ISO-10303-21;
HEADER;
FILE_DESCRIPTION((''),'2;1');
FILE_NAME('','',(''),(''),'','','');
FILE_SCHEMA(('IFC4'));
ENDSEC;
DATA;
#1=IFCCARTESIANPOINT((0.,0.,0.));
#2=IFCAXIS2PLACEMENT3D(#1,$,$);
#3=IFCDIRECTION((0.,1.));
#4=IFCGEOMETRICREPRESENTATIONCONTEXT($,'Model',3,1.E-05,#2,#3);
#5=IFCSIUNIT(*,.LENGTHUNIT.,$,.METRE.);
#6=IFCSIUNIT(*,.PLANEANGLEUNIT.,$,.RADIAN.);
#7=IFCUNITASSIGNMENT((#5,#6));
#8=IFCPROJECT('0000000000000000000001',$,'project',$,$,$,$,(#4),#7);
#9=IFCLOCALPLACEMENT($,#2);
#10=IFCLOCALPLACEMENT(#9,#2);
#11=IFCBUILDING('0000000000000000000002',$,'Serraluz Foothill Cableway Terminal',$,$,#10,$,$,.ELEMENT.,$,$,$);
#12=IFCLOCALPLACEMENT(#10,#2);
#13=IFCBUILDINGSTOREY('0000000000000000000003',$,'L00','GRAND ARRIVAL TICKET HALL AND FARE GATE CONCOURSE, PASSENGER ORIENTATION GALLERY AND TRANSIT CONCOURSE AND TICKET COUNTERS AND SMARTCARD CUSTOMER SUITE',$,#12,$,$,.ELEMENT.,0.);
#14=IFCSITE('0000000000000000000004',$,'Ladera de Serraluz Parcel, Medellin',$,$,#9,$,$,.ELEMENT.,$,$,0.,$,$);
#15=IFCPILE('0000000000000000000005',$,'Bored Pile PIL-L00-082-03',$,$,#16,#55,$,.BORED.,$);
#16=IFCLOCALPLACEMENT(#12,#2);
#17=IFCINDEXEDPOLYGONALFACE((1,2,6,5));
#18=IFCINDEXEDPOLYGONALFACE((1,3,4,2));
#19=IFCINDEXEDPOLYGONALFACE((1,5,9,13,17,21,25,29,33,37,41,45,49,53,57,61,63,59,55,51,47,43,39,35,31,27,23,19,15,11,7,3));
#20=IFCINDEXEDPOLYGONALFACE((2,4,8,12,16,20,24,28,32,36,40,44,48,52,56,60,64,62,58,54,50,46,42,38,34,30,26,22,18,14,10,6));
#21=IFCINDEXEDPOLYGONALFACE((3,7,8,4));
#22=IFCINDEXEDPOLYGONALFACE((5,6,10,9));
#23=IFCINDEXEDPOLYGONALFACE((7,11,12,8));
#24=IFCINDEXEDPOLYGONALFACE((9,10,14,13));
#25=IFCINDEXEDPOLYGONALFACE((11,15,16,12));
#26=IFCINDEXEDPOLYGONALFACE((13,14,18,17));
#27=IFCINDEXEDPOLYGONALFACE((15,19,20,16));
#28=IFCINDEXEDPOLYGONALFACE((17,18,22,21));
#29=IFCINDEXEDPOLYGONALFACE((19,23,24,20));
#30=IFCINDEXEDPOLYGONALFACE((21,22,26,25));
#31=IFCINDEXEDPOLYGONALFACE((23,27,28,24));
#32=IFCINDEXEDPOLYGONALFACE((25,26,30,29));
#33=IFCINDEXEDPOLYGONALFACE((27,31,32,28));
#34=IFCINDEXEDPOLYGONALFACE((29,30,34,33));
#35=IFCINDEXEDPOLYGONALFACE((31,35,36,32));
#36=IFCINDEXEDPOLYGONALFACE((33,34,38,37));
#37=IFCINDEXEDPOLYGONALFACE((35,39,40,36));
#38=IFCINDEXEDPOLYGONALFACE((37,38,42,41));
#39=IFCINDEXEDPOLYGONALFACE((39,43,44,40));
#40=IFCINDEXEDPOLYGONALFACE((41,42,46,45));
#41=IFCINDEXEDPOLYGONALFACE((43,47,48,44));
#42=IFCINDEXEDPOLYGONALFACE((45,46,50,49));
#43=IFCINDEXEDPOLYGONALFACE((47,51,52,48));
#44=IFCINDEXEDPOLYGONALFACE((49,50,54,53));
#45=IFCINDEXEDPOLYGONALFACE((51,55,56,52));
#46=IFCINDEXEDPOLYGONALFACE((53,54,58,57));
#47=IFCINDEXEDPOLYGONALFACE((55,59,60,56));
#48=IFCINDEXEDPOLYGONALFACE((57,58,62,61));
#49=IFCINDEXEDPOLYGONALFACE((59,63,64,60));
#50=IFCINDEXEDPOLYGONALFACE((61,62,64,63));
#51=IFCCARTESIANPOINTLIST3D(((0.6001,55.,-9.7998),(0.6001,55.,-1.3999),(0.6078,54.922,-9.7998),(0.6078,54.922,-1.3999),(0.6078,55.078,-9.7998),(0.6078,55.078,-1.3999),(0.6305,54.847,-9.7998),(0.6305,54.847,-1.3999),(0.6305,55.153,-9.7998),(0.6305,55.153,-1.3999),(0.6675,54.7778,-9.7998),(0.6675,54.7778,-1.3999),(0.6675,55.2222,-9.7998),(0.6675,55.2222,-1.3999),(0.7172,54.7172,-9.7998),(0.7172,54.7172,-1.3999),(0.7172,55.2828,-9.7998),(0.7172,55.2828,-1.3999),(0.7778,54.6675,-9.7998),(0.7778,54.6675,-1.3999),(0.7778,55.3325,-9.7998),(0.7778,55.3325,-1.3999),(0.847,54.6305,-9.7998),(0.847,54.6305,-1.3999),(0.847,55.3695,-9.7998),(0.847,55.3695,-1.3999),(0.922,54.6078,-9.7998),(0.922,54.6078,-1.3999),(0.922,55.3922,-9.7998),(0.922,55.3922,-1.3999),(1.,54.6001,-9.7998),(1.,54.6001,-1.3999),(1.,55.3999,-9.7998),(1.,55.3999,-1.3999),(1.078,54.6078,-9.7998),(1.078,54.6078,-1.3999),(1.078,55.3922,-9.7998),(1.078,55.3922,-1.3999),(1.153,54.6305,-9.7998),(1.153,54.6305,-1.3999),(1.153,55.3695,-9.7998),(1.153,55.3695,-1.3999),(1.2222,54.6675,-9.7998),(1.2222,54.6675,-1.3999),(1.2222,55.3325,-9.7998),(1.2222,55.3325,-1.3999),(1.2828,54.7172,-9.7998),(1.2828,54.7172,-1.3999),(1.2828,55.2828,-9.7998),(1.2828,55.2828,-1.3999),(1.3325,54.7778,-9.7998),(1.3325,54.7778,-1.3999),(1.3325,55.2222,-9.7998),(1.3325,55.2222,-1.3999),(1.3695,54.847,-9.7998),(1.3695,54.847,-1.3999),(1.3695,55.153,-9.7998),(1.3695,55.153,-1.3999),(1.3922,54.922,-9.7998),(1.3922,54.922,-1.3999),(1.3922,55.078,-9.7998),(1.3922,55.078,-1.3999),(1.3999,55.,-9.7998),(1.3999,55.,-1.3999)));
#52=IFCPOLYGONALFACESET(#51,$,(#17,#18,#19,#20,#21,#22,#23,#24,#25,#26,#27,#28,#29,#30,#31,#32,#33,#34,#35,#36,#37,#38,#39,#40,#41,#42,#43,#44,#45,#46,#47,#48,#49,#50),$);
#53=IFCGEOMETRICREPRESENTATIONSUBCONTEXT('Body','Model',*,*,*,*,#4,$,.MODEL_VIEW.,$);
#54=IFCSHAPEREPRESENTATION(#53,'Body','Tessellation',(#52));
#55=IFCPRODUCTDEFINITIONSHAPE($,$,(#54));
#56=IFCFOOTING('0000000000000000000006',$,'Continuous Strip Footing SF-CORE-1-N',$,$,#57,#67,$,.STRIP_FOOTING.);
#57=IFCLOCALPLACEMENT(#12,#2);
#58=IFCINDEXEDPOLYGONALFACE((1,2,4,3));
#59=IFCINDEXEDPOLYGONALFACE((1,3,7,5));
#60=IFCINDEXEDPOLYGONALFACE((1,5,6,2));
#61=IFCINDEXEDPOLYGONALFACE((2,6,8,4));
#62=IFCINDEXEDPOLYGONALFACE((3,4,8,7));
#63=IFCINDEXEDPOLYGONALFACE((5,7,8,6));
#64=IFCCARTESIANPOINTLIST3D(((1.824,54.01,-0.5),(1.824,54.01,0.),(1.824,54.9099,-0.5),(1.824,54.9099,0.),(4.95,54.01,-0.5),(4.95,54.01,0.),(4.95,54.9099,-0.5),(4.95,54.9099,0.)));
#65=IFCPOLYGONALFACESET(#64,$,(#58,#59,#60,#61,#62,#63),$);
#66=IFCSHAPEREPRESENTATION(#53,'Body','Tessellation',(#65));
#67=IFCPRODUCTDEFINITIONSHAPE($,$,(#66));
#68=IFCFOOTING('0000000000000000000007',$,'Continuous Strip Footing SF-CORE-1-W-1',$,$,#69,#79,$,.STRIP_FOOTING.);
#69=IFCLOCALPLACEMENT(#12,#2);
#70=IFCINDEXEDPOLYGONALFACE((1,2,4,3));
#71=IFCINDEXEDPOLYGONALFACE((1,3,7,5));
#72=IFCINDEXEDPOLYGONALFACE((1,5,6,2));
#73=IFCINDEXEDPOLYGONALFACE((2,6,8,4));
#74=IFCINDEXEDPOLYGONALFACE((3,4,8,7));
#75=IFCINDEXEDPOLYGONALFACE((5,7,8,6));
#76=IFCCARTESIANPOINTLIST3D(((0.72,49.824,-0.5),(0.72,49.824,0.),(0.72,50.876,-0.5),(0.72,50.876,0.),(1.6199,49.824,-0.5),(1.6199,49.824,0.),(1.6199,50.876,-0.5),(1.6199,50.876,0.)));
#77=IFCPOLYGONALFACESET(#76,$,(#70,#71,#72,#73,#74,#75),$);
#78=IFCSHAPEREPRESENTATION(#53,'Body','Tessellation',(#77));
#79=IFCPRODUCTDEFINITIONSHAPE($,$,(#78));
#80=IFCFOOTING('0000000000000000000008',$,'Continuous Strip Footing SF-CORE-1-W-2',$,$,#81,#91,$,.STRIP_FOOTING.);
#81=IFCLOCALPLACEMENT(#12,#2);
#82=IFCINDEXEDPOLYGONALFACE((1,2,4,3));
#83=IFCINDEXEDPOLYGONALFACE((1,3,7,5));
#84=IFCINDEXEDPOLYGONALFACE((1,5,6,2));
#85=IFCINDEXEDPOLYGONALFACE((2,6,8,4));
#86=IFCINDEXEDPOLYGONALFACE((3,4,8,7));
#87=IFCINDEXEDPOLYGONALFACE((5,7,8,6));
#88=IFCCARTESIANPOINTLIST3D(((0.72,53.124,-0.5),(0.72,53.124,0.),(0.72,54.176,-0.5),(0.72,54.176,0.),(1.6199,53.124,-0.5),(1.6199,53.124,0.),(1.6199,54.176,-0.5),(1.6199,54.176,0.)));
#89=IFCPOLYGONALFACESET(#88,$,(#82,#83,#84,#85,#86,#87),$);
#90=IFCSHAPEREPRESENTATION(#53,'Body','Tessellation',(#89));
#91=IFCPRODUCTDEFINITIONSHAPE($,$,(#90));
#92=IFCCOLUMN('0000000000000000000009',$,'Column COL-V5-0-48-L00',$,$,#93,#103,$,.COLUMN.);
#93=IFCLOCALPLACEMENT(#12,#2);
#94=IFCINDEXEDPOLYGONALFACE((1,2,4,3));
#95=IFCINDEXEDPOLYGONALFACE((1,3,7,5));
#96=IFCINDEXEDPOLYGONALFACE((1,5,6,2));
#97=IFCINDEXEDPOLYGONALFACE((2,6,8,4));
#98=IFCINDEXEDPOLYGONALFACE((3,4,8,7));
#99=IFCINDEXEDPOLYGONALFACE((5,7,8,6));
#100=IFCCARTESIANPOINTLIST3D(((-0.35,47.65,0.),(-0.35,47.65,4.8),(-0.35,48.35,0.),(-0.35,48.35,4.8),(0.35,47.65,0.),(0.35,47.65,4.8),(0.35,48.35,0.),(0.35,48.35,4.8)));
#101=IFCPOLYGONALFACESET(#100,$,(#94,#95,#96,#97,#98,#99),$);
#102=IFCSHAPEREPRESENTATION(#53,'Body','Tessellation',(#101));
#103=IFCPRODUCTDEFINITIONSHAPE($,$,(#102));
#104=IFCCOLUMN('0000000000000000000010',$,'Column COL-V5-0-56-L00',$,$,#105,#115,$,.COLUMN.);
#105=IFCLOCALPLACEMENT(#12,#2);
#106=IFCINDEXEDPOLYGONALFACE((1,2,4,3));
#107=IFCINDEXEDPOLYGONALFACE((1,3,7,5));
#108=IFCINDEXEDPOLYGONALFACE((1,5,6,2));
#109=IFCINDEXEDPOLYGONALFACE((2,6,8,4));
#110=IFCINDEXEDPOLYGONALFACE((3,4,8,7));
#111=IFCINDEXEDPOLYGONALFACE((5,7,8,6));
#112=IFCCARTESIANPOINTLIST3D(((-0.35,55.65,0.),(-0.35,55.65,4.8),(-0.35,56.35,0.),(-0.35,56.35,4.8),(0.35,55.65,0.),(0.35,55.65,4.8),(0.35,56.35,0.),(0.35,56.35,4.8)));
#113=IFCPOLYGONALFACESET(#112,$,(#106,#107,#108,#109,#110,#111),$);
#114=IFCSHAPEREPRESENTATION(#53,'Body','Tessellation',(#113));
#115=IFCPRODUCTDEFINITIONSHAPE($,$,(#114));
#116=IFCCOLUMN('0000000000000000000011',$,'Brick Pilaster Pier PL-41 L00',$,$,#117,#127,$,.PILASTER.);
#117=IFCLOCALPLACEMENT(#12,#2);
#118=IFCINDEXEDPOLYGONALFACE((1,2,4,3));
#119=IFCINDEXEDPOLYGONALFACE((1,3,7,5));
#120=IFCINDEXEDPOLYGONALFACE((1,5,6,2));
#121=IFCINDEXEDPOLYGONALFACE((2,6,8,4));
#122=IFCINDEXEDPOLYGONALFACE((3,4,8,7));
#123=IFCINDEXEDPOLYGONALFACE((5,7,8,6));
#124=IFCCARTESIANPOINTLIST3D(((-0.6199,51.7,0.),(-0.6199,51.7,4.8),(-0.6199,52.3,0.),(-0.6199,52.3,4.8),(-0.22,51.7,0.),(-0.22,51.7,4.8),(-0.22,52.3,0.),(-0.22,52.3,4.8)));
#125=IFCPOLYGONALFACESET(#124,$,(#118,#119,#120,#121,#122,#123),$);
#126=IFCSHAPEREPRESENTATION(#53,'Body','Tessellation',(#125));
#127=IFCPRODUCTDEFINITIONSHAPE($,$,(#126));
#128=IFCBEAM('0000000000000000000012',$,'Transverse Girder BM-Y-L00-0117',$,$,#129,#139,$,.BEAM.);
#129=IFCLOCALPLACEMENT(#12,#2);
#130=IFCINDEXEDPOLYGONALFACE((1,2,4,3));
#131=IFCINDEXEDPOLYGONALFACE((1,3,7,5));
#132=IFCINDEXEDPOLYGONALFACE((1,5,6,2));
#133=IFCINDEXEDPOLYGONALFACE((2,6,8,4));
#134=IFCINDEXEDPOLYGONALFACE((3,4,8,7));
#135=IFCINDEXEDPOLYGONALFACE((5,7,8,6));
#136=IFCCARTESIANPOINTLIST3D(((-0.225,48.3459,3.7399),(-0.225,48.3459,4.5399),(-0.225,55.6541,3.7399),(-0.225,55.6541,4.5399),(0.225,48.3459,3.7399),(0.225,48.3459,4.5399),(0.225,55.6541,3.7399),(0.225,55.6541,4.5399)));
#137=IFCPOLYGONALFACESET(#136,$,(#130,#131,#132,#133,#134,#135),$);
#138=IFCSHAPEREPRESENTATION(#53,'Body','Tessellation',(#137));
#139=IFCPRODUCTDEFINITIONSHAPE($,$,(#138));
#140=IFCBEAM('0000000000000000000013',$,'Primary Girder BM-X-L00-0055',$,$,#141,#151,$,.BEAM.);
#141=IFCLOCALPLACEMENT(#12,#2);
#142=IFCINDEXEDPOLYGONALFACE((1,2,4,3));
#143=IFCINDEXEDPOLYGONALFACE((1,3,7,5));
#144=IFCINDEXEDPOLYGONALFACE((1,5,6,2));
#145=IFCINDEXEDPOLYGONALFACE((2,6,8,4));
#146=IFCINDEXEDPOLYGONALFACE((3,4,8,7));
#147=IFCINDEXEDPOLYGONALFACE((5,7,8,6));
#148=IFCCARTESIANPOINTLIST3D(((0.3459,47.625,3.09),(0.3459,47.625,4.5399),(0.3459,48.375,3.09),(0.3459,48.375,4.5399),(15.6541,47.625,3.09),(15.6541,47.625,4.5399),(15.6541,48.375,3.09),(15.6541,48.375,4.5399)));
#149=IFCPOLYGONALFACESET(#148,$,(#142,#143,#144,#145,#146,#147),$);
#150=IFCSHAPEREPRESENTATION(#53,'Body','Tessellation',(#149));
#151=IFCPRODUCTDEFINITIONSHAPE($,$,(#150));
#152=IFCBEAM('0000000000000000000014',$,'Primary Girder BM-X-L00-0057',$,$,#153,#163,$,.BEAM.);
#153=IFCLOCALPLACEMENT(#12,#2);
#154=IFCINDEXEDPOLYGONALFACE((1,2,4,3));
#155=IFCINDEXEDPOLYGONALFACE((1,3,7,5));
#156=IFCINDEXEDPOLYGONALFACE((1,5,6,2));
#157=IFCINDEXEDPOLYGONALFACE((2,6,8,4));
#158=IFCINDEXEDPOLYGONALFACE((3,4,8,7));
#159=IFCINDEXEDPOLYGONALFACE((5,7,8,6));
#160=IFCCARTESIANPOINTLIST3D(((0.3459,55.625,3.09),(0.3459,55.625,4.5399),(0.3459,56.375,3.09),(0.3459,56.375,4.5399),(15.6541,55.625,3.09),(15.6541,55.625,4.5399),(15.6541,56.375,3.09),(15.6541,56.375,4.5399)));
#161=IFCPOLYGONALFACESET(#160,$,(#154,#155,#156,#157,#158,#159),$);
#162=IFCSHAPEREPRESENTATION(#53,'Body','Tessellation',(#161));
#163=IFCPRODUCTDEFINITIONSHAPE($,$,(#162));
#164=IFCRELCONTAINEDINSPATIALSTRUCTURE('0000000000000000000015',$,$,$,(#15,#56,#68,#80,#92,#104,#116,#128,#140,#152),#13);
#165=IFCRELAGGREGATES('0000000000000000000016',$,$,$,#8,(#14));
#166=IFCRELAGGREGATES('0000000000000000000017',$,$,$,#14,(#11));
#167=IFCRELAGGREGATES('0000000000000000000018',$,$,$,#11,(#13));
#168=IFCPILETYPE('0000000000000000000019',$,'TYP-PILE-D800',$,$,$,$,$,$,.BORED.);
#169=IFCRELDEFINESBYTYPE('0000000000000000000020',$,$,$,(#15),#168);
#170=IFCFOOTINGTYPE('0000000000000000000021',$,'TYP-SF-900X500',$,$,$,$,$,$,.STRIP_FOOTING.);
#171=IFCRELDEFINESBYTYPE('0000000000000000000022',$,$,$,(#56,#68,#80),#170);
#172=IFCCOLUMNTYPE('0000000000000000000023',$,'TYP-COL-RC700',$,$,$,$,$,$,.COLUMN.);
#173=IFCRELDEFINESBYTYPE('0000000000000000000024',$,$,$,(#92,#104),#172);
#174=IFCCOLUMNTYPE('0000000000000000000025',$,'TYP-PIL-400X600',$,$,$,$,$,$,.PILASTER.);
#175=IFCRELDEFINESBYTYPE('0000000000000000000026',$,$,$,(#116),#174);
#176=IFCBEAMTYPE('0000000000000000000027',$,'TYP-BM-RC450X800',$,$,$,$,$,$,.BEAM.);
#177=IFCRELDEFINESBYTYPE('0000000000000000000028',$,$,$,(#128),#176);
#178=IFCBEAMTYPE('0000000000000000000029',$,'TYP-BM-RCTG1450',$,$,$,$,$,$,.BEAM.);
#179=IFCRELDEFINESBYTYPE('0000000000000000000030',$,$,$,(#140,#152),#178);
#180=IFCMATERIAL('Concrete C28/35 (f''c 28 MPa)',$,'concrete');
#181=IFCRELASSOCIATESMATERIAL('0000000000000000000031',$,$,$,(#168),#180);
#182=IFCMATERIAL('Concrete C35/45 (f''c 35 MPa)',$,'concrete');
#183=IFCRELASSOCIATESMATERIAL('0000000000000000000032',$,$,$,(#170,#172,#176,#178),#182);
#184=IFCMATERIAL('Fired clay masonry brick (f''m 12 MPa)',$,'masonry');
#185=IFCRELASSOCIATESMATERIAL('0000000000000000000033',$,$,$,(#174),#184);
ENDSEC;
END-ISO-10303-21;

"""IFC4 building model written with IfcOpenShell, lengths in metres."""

from ifc_helpers import new_model, si_unit, direction, frame, origin, origin_2d, place, context, subcontext, project, spatial, rectangle, circle, extrude, material, material_profile, profile_set, type_object, element, save


model = new_model("IFC4")

# Units and contexts
model_context = context("Model", 3, precision=1e-05, world=origin(), true_north=direction((0.0, 1.0)))
body_context = subcontext(model_context, "Body", "Model", "MODEL_VIEW")
ifc_project = project(units=[si_unit("LENGTHUNIT", "METRE"), si_unit("PLANEANGLEUNIT", "RADIAN")], contexts=[model_context])

# Site, building, storey
site_placement = place(None, origin())
site = spatial("IfcSite", under=ifc_project, at=site_placement, Name="Ladera de Serraluz Parcel, Medellin", CompositionType="ELEMENT", RefElevation=0.0)
building_placement = place(site_placement, origin())
building = spatial("IfcBuilding", under=site, at=building_placement, Name="Serraluz Foothill Cableway Terminal", CompositionType="ELEMENT")
storey_placement = place(building_placement, origin())
storey = spatial("IfcBuildingStorey", under=building, at=storey_placement, Name="L00", Description="GRAND ARRIVAL TICKET HALL AND FARE GATE CONCOURSE, PASSENGER ORIENTATION GALLERY AND TRANSIT CONCOURSE AND TICKET COUNTERS AND SMARTCARD CUSTOMER SUITE", CompositionType="ELEMENT", Elevation=0.0)

# Shared definitions
ifc_material_1 = material(Name="Concrete C35/45 (f'c 35 MPa)", Category="concrete")

# Pile
ifc_material_2 = material(Name="Concrete C28/35 (f'c 28 MPa)", Category="concrete")
ifc_material_profile_1 = material_profile(ifc_material_2, circle(Radius=0.3999, at=origin_2d()), Name="BORED PILE D800")
ifc_profile_set_1 = profile_set([ifc_material_profile_1], Name="Concrete C28/35 (f'c 28 MPa)")
pile_type = type_object("IfcPileType", Name="TYP-PILE-D800", PredefinedType="BORED", material=ifc_profile_set_1)
for number, where, z_axis, x_axis, name in (
    (1, (1.0, 55.0, -1.3999), (0.0, 0.0, -1.0), (1.0, 0.0, 0.0), "Bored Pile PIL-L00-082-03"),
):
    element("IfcPile", number, at=place(storey_placement, frame(where, z_axis=z_axis, x_axis=x_axis)), inside=storey, type_object=pile_type, Name=name, PredefinedType="BORED", context=body_context, shape_type="SweptSolid", body=[
        extrude(circle(Radius=0.3999, at=origin_2d()), origin(), (0.0, 0.0, 1.0), 8.3999),
    ])

# Footings
ifc_material_profile_2 = material_profile(ifc_material_1, rectangle(XDim=0.8999, YDim=0.5, at=origin_2d()), Name="SF 900x500")
ifc_profile_set_2 = profile_set([ifc_material_profile_2], Name="Concrete C35/45 (f'c 35 MPa)")
footing_type_1 = type_object("IfcFootingType", Name="TYP-SF-900X500", PredefinedType="STRIP_FOOTING", material=ifc_profile_set_2)
footing_1_placement = place(storey_placement, frame((1.824, 54.46, -0.25), z_axis=(1.0, 0.0, 0.0), x_axis=(0.0, 1.0, 0.0)))
element("IfcFooting", 2, at=footing_1_placement, inside=storey, type_object=footing_type_1, Name="Continuous Strip Footing SF-CORE-1-N", PredefinedType="STRIP_FOOTING", context=body_context, shape_type="SweptSolid", body=[
    extrude(rectangle(XDim=0.8999, YDim=0.5, at=origin_2d()), origin(), (0.0, 0.0, 1.0), 3.126),
])
for number, where, z_axis, x_axis, name in (
    (3, (1.1699, 49.824, -0.25), (0.0, 1.0, 0.0), (-1.0, 0.0, 0.0), "Continuous Strip Footing SF-CORE-1-W-1"),
    (4, (1.1699, 53.124, -0.25), (0.0, 1.0, 0.0), (-1.0, 0.0, 0.0), "Continuous Strip Footing SF-CORE-1-W-2"),
):
    element("IfcFooting", number, at=place(storey_placement, frame(where, z_axis=z_axis, x_axis=x_axis)), inside=storey, type_object=footing_type_1, Name=name, PredefinedType="STRIP_FOOTING", context=body_context, shape_type="SweptSolid", body=[
        extrude(rectangle(XDim=0.8999, YDim=0.5, at=origin_2d()), origin(), (0.0, 0.0, 1.0), 1.052),
    ])

# Columns
ifc_material_profile_3 = material_profile(ifc_material_1, rectangle(XDim=0.7, YDim=0.7, at=origin_2d()), Name="RC 700x700")
ifc_profile_set_3 = profile_set([ifc_material_profile_3], Name="Concrete C35/45 (f'c 35 MPa)")
column_type_1 = type_object("IfcColumnType", Name="TYP-COL-RC700", PredefinedType="COLUMN", material=ifc_profile_set_3)
for number, where, z_axis, x_axis, name in (
    (5, (0.0, 48.0, 0.0), (0.0, 0.0, 1.0), (1.0, 0.0, 0.0), "Column COL-V5-0-48-L00"),
    (6, (0.0, 56.0, 0.0), (0.0, 0.0, 1.0), (1.0, 0.0, 0.0), "Column COL-V5-0-56-L00"),
):
    element("IfcColumn", number, at=place(storey_placement, frame(where, z_axis=z_axis, x_axis=x_axis)), inside=storey, type_object=column_type_1, Name=name, PredefinedType="COLUMN", context=body_context, shape_type="SweptSolid", body=[
        extrude(rectangle(XDim=0.7, YDim=0.7, at=origin_2d()), origin(), (0.0, 0.0, 1.0), 4.8),
    ])
ifc_material_3 = material(Name="Fired clay masonry brick (f'm 12 MPa)", Category="masonry")
ifc_material_profile_4 = material_profile(ifc_material_3, rectangle(XDim=0.3999, YDim=0.6001, at=origin_2d()), Name="PIL 400x600")
ifc_profile_set_4 = profile_set([ifc_material_profile_4], Name="Fired clay masonry brick (f'm 12 MPa)")
column_type_2 = type_object("IfcColumnType", Name="TYP-PIL-400X600", PredefinedType="PILASTER", material=ifc_profile_set_4)
column_placement = place(storey_placement, frame((-0.4199, 52.0, 0.0), z_axis=(0.0, 0.0, 1.0), x_axis=(1.0, 0.0, 0.0)))
element("IfcColumn", 7, at=column_placement, inside=storey, type_object=column_type_2, Name="Brick Pilaster Pier PL-41 L00", PredefinedType="PILASTER", context=body_context, shape_type="SweptSolid", body=[
    extrude(rectangle(XDim=0.3999, YDim=0.6001, at=origin_2d()), origin(), (0.0, 0.0, 1.0), 4.8),
])

# Beams
ifc_material_profile_5 = material_profile(ifc_material_1, rectangle(XDim=0.45, YDim=0.8, at=origin_2d()), Name="RC 450x800")
ifc_profile_set_5 = profile_set([ifc_material_profile_5], Name="Concrete C35/45 (f'c 35 MPa)")
beam_type_1 = type_object("IfcBeamType", Name="TYP-BM-RC450X800", PredefinedType="BEAM", material=ifc_profile_set_5)
beam_placement = place(storey_placement, frame((0.0, 48.3459, 4.1399), z_axis=(0.0, 1.0, 0.0), x_axis=(-1.0, 0.0, 0.0)))
element("IfcBeam", 8, at=beam_placement, inside=storey, type_object=beam_type_1, Name="Transverse Girder BM-Y-L00-0117", PredefinedType="BEAM", context=body_context, shape_type="SweptSolid", body=[
    extrude(rectangle(XDim=0.45, YDim=0.8, at=origin_2d()), origin(), (0.0, 0.0, 1.0), 7.3081),
])
ifc_material_profile_6 = material_profile(ifc_material_1, rectangle(XDim=0.75, YDim=1.45, at=origin_2d()), Name="RC TG 750x1450")
ifc_profile_set_6 = profile_set([ifc_material_profile_6], Name="Concrete C35/45 (f'c 35 MPa)")
beam_type_2 = type_object("IfcBeamType", Name="TYP-BM-RCTG1450", PredefinedType="BEAM", material=ifc_profile_set_6)
for number, where, z_axis, x_axis, name in (
    (9, (0.3459, 48.0, 3.8149), (1.0, 0.0, 0.0), (0.0, 1.0, 0.0), "Primary Girder BM-X-L00-0055"),
    (10, (0.3459, 56.0, 3.8149), (1.0, 0.0, 0.0), (0.0, 1.0, 0.0), "Primary Girder BM-X-L00-0057"),
):
    element("IfcBeam", number, at=place(storey_placement, frame(where, z_axis=z_axis, x_axis=x_axis)), inside=storey, type_object=beam_type_2, Name=name, PredefinedType="BEAM", context=body_context, shape_type="SweptSolid", body=[
        extrude(rectangle(XDim=0.75, YDim=1.45, at=origin_2d()), origin(), (0.0, 0.0, 1.0), 15.3081),
    ])

save(model, "model.ifc")
